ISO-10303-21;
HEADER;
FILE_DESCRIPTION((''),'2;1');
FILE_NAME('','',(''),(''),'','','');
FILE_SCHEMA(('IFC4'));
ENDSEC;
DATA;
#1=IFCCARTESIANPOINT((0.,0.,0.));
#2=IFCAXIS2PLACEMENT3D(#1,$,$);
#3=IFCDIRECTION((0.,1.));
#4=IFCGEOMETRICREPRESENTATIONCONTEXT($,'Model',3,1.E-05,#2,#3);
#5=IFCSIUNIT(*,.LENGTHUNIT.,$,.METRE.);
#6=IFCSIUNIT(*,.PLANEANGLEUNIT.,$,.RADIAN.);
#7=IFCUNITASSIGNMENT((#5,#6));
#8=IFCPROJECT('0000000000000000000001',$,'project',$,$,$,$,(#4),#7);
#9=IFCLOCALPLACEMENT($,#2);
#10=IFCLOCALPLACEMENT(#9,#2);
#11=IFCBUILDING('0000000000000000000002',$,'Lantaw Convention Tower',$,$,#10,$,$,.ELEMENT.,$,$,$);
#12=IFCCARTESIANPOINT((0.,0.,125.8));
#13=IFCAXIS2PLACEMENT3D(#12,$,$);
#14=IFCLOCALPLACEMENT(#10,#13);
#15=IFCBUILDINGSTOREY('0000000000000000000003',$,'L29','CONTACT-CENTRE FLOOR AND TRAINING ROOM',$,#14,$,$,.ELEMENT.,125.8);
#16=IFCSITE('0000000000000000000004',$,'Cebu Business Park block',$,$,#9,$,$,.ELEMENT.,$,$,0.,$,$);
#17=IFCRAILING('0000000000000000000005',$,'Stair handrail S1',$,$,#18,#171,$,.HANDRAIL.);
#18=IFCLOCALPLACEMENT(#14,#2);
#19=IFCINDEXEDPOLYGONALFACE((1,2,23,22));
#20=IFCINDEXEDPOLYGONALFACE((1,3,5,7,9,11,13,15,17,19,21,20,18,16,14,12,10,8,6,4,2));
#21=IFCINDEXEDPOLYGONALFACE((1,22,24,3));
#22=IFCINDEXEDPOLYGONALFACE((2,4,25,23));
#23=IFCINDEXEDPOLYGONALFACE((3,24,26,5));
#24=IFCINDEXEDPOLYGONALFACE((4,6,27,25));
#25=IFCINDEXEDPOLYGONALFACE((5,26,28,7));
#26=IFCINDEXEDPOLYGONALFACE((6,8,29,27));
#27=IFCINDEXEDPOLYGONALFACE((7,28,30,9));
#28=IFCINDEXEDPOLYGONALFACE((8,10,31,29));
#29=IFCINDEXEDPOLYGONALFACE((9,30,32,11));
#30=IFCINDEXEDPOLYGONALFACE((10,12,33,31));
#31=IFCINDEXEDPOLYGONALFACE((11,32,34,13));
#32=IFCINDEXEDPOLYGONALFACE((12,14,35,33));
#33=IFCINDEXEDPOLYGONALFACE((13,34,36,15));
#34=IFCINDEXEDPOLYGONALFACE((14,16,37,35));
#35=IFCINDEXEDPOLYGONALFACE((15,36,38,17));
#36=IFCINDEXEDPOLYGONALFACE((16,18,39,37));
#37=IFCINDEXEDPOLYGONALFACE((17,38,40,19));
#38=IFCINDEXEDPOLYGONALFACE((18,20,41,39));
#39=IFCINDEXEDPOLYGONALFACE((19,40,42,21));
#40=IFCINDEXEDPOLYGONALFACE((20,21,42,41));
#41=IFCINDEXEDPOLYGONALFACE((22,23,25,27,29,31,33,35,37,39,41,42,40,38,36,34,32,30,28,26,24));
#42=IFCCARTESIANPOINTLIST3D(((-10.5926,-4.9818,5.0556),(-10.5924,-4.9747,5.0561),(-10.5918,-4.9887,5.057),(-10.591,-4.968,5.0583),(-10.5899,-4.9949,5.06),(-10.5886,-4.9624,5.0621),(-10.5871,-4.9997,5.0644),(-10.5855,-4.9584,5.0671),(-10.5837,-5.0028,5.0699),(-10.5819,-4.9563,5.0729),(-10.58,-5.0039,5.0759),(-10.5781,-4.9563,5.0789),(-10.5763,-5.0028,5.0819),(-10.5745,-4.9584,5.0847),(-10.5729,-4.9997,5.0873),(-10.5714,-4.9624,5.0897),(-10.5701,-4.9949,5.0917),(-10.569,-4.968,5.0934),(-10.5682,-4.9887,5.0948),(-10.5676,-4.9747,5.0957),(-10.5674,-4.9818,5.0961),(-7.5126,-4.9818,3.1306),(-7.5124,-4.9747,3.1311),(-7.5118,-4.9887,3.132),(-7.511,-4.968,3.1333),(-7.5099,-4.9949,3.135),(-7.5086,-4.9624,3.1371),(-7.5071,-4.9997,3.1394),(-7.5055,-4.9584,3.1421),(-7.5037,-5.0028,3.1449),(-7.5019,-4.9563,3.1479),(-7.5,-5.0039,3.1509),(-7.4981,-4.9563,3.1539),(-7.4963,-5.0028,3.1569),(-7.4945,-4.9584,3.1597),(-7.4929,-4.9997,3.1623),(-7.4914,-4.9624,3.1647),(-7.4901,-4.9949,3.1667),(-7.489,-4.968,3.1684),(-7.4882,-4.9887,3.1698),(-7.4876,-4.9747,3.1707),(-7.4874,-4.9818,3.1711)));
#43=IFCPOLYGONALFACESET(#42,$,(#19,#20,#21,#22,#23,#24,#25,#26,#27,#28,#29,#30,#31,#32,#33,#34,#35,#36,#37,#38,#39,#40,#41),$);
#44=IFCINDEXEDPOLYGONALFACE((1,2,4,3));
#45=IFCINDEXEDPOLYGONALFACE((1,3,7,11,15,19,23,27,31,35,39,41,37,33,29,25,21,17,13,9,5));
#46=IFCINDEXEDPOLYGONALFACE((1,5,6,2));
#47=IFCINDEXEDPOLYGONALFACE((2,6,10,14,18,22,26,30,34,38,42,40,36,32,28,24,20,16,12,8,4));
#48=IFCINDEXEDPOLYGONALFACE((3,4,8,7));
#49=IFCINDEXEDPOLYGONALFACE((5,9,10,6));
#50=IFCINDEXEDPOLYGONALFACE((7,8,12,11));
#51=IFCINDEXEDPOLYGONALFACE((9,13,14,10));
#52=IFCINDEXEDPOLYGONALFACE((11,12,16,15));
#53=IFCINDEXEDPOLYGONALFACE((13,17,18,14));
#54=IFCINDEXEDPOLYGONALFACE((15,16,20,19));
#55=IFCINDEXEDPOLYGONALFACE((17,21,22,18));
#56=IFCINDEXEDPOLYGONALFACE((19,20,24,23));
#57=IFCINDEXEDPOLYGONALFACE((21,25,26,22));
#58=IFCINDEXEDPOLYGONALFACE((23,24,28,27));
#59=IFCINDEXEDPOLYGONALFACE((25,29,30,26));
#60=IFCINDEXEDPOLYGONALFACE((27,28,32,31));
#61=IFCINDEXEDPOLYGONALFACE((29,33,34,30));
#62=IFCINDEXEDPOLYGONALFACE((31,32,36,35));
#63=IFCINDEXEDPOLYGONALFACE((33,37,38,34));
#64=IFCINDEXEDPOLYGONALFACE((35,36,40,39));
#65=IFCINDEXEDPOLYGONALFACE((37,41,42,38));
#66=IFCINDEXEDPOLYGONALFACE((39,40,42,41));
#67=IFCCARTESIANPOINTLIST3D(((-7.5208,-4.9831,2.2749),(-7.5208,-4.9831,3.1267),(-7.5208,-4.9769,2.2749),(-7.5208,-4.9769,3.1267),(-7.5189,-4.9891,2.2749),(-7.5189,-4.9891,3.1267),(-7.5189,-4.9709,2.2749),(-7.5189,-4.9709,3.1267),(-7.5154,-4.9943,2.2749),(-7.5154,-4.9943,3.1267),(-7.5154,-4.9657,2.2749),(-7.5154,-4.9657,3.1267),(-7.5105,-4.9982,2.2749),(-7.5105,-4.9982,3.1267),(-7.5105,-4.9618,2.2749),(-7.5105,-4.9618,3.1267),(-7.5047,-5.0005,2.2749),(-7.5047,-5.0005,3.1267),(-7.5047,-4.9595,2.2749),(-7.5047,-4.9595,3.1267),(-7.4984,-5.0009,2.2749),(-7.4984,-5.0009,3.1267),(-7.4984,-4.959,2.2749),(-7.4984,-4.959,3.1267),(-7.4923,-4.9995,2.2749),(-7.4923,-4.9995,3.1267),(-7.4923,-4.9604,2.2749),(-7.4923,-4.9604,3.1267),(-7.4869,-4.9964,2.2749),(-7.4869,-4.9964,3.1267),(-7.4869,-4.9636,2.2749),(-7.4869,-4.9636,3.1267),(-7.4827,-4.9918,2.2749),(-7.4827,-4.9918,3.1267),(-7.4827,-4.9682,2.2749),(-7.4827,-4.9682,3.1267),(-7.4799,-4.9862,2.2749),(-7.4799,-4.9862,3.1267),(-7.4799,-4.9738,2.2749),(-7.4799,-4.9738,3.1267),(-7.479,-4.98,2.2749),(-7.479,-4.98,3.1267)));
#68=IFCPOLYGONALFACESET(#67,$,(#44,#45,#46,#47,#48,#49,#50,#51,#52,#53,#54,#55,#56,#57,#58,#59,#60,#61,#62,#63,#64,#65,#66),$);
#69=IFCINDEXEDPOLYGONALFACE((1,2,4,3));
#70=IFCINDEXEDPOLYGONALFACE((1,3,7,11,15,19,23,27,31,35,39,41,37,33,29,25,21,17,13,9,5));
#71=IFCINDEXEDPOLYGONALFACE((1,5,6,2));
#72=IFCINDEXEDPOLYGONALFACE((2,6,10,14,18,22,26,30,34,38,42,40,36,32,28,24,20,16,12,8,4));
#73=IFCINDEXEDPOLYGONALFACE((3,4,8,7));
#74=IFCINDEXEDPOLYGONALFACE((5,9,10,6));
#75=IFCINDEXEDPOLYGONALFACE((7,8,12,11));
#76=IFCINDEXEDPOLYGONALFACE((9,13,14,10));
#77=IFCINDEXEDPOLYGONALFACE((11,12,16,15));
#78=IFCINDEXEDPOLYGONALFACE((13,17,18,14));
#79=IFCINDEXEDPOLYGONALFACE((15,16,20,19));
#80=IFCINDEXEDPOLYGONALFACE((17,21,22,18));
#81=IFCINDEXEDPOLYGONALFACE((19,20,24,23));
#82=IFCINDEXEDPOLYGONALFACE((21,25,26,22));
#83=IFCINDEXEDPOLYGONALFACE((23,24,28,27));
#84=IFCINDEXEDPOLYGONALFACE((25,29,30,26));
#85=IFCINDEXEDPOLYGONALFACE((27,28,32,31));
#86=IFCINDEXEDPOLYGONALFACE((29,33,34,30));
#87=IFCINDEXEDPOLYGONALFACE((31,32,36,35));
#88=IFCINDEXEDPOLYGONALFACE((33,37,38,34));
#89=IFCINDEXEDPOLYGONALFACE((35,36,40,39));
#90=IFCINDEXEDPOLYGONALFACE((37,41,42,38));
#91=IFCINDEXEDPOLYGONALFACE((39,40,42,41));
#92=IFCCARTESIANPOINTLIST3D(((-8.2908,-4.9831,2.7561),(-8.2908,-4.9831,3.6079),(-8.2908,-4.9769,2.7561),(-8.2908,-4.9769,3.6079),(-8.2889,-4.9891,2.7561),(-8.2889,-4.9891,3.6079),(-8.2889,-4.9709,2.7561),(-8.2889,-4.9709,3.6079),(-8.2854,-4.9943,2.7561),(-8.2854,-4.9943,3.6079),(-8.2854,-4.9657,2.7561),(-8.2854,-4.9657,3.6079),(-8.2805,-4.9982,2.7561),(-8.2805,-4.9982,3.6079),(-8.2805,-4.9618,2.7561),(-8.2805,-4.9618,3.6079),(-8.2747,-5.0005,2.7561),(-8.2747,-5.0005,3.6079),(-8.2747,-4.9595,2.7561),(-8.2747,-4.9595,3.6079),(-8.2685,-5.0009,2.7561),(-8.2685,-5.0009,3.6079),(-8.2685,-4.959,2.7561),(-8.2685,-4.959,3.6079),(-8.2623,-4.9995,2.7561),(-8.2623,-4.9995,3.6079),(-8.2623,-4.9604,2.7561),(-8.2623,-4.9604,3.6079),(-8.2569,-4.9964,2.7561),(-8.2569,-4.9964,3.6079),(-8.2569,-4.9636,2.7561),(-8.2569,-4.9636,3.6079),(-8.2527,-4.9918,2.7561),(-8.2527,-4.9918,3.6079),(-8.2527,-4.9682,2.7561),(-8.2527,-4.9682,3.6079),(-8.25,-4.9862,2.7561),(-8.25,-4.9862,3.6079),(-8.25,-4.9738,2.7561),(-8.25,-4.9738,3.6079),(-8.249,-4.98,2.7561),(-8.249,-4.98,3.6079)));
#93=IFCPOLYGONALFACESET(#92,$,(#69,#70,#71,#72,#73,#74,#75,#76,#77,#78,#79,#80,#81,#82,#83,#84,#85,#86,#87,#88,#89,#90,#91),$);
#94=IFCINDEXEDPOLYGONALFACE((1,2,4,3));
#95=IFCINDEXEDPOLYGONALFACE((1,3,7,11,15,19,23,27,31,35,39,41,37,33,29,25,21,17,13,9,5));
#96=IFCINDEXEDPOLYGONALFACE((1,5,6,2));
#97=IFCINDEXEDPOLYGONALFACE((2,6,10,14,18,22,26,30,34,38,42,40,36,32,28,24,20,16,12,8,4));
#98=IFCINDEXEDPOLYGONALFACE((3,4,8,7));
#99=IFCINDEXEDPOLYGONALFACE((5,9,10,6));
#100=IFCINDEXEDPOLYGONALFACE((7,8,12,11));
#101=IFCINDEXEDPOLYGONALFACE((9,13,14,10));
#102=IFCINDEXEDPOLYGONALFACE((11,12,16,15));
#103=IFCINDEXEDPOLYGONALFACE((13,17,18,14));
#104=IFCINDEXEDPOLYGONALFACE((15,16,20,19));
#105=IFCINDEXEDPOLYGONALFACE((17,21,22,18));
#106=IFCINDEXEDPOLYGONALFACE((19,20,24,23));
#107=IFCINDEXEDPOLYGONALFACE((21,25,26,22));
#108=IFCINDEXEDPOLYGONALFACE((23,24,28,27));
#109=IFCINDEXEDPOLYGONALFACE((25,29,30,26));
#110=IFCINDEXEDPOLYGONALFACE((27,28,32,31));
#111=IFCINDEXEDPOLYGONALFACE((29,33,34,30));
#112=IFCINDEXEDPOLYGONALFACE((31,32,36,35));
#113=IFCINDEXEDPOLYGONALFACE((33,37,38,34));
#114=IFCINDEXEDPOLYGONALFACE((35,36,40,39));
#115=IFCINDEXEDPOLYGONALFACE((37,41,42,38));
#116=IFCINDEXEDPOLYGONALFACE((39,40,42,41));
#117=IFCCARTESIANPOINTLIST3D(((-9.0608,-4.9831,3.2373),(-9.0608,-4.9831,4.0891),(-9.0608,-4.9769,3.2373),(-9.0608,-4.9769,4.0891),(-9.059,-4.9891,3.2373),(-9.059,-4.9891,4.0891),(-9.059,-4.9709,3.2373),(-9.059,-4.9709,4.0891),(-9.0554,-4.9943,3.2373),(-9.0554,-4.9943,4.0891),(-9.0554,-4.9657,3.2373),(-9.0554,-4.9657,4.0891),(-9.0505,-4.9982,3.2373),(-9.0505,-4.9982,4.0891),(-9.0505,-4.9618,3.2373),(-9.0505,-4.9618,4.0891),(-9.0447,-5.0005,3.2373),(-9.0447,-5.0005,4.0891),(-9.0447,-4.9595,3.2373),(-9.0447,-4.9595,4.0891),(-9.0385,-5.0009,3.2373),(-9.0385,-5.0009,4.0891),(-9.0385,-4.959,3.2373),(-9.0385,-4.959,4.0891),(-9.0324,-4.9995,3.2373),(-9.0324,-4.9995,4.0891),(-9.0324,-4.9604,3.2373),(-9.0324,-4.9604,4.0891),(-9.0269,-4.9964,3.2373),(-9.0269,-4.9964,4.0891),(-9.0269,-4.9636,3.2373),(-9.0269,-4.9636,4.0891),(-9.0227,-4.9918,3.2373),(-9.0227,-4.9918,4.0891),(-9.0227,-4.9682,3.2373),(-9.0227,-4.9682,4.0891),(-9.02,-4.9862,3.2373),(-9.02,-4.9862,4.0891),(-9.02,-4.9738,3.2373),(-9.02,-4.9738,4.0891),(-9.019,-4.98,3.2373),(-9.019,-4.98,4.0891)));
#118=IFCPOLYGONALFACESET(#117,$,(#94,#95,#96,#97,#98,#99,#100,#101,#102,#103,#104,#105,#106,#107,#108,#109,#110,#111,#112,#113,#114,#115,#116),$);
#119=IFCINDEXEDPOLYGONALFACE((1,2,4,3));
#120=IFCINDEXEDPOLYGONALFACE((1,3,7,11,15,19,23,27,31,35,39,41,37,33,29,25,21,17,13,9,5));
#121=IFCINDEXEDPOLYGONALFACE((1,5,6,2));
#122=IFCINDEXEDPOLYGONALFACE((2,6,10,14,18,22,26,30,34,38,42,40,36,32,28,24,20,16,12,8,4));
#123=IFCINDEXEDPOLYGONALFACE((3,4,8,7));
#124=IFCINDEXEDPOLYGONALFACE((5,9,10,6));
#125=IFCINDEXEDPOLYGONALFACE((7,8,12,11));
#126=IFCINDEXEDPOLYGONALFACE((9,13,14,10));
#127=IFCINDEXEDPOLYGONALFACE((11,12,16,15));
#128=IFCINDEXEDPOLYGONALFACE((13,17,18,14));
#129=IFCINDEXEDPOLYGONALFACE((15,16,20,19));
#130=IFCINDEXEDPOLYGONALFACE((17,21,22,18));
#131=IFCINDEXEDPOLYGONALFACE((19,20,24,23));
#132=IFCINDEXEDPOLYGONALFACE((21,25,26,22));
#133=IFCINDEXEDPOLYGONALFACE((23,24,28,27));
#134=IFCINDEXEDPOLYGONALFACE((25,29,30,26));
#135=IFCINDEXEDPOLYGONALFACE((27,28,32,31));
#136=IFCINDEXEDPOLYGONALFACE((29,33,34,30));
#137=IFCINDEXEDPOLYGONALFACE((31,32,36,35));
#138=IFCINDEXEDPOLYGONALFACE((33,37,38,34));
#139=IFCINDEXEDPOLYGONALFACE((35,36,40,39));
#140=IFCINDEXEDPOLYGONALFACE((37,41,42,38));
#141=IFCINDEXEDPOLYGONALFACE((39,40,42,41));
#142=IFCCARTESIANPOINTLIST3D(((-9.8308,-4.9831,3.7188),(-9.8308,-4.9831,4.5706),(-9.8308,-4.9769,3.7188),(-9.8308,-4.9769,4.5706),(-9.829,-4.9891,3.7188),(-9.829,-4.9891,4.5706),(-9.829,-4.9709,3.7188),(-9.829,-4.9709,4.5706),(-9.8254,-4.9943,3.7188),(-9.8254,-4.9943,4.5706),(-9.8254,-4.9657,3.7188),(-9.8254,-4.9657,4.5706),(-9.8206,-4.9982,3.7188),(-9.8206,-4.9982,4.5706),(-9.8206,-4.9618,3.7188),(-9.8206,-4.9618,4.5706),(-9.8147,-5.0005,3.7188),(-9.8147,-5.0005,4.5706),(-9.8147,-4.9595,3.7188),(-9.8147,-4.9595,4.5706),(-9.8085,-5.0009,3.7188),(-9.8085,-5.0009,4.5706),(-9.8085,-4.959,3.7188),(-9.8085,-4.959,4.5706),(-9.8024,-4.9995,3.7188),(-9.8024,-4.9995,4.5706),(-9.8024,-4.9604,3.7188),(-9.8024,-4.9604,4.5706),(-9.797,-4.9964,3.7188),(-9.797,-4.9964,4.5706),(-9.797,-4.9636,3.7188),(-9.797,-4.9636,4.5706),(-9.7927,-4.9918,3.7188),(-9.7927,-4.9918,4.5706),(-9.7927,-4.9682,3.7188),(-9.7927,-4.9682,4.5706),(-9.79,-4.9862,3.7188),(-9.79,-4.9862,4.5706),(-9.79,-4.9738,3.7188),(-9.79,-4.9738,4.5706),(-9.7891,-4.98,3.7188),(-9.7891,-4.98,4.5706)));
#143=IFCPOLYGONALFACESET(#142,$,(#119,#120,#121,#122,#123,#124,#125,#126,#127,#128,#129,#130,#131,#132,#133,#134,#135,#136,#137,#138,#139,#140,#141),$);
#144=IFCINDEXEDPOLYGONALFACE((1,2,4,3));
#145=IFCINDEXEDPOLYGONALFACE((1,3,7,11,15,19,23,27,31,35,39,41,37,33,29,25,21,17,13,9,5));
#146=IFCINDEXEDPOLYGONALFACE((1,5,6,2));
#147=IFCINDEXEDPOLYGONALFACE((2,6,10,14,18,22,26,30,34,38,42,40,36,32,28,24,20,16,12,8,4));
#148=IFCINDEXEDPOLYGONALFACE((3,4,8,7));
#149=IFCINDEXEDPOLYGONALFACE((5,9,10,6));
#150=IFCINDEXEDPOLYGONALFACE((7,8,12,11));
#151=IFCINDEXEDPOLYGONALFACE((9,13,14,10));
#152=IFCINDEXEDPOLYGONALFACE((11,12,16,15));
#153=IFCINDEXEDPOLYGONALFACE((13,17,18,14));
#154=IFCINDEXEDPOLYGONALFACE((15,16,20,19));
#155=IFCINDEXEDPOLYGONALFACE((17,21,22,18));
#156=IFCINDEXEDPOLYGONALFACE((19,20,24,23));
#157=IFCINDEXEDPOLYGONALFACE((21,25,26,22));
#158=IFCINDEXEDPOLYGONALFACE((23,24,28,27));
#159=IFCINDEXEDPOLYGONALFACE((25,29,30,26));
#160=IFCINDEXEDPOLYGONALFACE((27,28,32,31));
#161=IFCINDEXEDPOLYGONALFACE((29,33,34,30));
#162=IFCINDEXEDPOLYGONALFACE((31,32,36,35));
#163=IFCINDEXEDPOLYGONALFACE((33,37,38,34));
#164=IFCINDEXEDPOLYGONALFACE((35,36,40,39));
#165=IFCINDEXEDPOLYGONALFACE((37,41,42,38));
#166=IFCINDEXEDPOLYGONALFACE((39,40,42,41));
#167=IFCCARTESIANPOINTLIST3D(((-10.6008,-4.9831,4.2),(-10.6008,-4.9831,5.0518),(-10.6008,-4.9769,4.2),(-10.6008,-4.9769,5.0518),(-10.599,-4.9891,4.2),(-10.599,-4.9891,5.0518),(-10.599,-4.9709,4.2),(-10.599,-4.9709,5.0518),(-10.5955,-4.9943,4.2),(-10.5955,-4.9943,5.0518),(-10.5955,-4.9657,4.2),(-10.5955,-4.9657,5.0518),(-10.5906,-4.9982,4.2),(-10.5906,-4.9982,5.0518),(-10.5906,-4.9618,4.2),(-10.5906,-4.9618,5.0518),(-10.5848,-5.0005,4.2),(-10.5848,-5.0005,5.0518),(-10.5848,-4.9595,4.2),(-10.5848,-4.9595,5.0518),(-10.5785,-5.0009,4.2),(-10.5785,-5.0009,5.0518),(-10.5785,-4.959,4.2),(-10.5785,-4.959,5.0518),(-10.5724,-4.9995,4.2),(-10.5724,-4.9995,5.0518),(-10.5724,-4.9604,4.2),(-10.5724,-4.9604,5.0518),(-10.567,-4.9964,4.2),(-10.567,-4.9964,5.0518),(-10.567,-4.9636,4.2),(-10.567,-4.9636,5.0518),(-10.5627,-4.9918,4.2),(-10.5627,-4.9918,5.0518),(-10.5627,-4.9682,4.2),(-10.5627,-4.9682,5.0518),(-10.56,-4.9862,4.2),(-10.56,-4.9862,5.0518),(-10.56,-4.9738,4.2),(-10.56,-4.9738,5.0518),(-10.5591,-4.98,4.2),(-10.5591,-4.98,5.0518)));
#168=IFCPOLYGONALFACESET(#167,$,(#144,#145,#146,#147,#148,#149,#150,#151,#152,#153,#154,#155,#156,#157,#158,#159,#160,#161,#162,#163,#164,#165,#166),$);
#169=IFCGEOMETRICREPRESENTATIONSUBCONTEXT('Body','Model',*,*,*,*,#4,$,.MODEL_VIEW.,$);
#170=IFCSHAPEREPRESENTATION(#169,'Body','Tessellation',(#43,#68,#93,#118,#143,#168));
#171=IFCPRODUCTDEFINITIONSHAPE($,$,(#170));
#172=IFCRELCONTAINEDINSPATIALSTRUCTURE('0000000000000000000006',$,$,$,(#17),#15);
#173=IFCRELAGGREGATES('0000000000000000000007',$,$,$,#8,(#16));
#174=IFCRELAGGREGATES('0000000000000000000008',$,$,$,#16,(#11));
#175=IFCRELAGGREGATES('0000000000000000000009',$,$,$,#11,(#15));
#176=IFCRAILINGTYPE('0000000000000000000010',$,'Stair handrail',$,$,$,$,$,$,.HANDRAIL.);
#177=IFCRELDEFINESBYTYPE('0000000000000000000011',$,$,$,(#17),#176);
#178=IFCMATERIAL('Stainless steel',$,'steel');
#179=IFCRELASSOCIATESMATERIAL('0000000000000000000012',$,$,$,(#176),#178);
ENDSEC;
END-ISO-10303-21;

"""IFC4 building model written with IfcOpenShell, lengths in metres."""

from ifc_helpers import new_model, si_unit, direction, frame, origin, origin_2d, place, context, subcontext, project, spatial, circle, extrude, material, type_object, element, save


model = new_model("IFC4")

# Units and contexts
model_context = context("Model", 3, precision=1e-05, world=origin(), true_north=direction((0.0, 1.0)))
body_context = subcontext(model_context, "Body", "Model", "MODEL_VIEW")
ifc_project = project(units=[si_unit("LENGTHUNIT", "METRE"), si_unit("PLANEANGLEUNIT", "RADIAN")], contexts=[model_context])

# Site, building, storey
site_placement = place(None, origin())
site = spatial("IfcSite", under=ifc_project, at=site_placement, Name="Cebu Business Park block", CompositionType="ELEMENT", RefElevation=0.0)
building_placement = place(site_placement, origin())
building = spatial("IfcBuilding", under=site, at=building_placement, Name="Lantaw Convention Tower", CompositionType="ELEMENT")
storey_placement = place(building_placement, frame((0.0, 0.0, 125.8)))
storey = spatial("IfcBuildingStorey", under=building, at=storey_placement, Name="L29", Description="CONTACT-CENTRE FLOOR AND TRAINING ROOM", CompositionType="ELEMENT", Elevation=125.8)

# Railing
ifc_material_1 = material(Name="Stainless steel", Category="steel")
railing_type = type_object("IfcRailingType", Name="Stair handrail", PredefinedType="HANDRAIL", material=ifc_material_1)
railing_1_placement = place(storey_placement, frame((-7.5, -4.98, 2.2749)))
element("IfcRailing", 1, at=railing_1_placement, inside=storey, type_object=railing_type, Name="Stair handrail S1", PredefinedType="HANDRAIL", context=body_context, shape_type="SweptSolid", body=[
    extrude(circle(Radius=0.0239, at=origin_2d()), frame((0.0, 0.0, 0.876), z_axis=(-0.847998, 0.0, 0.529999), x_axis=(0.0, -1.0, 0.0)), (0.0, 0.0, 1.0), 3.6321),
    extrude(circle(Radius=0.021, at=origin_2d()), origin(), (0.0, 0.0, 1.0), 0.8518),
    extrude(circle(Radius=0.021, at=origin_2d()), frame((-0.77, 0.0, 0.4812)), (0.0, 0.0, 1.0), 0.8518),
    extrude(circle(Radius=0.021, at=origin_2d()), frame((-1.54, 0.0, 0.9624)), (0.0, 0.0, 1.0), 0.8518),
    extrude(circle(Radius=0.021, at=origin_2d()), frame((-2.3101, 0.0, 1.4438)), (0.0, 0.0, 1.0), 0.8518),
    extrude(circle(Radius=0.021, at=origin_2d()), frame((-3.0801, 0.0, 1.925)), (0.0, 0.0, 1.0), 0.8518),
])

save(model, "model.ifc")
